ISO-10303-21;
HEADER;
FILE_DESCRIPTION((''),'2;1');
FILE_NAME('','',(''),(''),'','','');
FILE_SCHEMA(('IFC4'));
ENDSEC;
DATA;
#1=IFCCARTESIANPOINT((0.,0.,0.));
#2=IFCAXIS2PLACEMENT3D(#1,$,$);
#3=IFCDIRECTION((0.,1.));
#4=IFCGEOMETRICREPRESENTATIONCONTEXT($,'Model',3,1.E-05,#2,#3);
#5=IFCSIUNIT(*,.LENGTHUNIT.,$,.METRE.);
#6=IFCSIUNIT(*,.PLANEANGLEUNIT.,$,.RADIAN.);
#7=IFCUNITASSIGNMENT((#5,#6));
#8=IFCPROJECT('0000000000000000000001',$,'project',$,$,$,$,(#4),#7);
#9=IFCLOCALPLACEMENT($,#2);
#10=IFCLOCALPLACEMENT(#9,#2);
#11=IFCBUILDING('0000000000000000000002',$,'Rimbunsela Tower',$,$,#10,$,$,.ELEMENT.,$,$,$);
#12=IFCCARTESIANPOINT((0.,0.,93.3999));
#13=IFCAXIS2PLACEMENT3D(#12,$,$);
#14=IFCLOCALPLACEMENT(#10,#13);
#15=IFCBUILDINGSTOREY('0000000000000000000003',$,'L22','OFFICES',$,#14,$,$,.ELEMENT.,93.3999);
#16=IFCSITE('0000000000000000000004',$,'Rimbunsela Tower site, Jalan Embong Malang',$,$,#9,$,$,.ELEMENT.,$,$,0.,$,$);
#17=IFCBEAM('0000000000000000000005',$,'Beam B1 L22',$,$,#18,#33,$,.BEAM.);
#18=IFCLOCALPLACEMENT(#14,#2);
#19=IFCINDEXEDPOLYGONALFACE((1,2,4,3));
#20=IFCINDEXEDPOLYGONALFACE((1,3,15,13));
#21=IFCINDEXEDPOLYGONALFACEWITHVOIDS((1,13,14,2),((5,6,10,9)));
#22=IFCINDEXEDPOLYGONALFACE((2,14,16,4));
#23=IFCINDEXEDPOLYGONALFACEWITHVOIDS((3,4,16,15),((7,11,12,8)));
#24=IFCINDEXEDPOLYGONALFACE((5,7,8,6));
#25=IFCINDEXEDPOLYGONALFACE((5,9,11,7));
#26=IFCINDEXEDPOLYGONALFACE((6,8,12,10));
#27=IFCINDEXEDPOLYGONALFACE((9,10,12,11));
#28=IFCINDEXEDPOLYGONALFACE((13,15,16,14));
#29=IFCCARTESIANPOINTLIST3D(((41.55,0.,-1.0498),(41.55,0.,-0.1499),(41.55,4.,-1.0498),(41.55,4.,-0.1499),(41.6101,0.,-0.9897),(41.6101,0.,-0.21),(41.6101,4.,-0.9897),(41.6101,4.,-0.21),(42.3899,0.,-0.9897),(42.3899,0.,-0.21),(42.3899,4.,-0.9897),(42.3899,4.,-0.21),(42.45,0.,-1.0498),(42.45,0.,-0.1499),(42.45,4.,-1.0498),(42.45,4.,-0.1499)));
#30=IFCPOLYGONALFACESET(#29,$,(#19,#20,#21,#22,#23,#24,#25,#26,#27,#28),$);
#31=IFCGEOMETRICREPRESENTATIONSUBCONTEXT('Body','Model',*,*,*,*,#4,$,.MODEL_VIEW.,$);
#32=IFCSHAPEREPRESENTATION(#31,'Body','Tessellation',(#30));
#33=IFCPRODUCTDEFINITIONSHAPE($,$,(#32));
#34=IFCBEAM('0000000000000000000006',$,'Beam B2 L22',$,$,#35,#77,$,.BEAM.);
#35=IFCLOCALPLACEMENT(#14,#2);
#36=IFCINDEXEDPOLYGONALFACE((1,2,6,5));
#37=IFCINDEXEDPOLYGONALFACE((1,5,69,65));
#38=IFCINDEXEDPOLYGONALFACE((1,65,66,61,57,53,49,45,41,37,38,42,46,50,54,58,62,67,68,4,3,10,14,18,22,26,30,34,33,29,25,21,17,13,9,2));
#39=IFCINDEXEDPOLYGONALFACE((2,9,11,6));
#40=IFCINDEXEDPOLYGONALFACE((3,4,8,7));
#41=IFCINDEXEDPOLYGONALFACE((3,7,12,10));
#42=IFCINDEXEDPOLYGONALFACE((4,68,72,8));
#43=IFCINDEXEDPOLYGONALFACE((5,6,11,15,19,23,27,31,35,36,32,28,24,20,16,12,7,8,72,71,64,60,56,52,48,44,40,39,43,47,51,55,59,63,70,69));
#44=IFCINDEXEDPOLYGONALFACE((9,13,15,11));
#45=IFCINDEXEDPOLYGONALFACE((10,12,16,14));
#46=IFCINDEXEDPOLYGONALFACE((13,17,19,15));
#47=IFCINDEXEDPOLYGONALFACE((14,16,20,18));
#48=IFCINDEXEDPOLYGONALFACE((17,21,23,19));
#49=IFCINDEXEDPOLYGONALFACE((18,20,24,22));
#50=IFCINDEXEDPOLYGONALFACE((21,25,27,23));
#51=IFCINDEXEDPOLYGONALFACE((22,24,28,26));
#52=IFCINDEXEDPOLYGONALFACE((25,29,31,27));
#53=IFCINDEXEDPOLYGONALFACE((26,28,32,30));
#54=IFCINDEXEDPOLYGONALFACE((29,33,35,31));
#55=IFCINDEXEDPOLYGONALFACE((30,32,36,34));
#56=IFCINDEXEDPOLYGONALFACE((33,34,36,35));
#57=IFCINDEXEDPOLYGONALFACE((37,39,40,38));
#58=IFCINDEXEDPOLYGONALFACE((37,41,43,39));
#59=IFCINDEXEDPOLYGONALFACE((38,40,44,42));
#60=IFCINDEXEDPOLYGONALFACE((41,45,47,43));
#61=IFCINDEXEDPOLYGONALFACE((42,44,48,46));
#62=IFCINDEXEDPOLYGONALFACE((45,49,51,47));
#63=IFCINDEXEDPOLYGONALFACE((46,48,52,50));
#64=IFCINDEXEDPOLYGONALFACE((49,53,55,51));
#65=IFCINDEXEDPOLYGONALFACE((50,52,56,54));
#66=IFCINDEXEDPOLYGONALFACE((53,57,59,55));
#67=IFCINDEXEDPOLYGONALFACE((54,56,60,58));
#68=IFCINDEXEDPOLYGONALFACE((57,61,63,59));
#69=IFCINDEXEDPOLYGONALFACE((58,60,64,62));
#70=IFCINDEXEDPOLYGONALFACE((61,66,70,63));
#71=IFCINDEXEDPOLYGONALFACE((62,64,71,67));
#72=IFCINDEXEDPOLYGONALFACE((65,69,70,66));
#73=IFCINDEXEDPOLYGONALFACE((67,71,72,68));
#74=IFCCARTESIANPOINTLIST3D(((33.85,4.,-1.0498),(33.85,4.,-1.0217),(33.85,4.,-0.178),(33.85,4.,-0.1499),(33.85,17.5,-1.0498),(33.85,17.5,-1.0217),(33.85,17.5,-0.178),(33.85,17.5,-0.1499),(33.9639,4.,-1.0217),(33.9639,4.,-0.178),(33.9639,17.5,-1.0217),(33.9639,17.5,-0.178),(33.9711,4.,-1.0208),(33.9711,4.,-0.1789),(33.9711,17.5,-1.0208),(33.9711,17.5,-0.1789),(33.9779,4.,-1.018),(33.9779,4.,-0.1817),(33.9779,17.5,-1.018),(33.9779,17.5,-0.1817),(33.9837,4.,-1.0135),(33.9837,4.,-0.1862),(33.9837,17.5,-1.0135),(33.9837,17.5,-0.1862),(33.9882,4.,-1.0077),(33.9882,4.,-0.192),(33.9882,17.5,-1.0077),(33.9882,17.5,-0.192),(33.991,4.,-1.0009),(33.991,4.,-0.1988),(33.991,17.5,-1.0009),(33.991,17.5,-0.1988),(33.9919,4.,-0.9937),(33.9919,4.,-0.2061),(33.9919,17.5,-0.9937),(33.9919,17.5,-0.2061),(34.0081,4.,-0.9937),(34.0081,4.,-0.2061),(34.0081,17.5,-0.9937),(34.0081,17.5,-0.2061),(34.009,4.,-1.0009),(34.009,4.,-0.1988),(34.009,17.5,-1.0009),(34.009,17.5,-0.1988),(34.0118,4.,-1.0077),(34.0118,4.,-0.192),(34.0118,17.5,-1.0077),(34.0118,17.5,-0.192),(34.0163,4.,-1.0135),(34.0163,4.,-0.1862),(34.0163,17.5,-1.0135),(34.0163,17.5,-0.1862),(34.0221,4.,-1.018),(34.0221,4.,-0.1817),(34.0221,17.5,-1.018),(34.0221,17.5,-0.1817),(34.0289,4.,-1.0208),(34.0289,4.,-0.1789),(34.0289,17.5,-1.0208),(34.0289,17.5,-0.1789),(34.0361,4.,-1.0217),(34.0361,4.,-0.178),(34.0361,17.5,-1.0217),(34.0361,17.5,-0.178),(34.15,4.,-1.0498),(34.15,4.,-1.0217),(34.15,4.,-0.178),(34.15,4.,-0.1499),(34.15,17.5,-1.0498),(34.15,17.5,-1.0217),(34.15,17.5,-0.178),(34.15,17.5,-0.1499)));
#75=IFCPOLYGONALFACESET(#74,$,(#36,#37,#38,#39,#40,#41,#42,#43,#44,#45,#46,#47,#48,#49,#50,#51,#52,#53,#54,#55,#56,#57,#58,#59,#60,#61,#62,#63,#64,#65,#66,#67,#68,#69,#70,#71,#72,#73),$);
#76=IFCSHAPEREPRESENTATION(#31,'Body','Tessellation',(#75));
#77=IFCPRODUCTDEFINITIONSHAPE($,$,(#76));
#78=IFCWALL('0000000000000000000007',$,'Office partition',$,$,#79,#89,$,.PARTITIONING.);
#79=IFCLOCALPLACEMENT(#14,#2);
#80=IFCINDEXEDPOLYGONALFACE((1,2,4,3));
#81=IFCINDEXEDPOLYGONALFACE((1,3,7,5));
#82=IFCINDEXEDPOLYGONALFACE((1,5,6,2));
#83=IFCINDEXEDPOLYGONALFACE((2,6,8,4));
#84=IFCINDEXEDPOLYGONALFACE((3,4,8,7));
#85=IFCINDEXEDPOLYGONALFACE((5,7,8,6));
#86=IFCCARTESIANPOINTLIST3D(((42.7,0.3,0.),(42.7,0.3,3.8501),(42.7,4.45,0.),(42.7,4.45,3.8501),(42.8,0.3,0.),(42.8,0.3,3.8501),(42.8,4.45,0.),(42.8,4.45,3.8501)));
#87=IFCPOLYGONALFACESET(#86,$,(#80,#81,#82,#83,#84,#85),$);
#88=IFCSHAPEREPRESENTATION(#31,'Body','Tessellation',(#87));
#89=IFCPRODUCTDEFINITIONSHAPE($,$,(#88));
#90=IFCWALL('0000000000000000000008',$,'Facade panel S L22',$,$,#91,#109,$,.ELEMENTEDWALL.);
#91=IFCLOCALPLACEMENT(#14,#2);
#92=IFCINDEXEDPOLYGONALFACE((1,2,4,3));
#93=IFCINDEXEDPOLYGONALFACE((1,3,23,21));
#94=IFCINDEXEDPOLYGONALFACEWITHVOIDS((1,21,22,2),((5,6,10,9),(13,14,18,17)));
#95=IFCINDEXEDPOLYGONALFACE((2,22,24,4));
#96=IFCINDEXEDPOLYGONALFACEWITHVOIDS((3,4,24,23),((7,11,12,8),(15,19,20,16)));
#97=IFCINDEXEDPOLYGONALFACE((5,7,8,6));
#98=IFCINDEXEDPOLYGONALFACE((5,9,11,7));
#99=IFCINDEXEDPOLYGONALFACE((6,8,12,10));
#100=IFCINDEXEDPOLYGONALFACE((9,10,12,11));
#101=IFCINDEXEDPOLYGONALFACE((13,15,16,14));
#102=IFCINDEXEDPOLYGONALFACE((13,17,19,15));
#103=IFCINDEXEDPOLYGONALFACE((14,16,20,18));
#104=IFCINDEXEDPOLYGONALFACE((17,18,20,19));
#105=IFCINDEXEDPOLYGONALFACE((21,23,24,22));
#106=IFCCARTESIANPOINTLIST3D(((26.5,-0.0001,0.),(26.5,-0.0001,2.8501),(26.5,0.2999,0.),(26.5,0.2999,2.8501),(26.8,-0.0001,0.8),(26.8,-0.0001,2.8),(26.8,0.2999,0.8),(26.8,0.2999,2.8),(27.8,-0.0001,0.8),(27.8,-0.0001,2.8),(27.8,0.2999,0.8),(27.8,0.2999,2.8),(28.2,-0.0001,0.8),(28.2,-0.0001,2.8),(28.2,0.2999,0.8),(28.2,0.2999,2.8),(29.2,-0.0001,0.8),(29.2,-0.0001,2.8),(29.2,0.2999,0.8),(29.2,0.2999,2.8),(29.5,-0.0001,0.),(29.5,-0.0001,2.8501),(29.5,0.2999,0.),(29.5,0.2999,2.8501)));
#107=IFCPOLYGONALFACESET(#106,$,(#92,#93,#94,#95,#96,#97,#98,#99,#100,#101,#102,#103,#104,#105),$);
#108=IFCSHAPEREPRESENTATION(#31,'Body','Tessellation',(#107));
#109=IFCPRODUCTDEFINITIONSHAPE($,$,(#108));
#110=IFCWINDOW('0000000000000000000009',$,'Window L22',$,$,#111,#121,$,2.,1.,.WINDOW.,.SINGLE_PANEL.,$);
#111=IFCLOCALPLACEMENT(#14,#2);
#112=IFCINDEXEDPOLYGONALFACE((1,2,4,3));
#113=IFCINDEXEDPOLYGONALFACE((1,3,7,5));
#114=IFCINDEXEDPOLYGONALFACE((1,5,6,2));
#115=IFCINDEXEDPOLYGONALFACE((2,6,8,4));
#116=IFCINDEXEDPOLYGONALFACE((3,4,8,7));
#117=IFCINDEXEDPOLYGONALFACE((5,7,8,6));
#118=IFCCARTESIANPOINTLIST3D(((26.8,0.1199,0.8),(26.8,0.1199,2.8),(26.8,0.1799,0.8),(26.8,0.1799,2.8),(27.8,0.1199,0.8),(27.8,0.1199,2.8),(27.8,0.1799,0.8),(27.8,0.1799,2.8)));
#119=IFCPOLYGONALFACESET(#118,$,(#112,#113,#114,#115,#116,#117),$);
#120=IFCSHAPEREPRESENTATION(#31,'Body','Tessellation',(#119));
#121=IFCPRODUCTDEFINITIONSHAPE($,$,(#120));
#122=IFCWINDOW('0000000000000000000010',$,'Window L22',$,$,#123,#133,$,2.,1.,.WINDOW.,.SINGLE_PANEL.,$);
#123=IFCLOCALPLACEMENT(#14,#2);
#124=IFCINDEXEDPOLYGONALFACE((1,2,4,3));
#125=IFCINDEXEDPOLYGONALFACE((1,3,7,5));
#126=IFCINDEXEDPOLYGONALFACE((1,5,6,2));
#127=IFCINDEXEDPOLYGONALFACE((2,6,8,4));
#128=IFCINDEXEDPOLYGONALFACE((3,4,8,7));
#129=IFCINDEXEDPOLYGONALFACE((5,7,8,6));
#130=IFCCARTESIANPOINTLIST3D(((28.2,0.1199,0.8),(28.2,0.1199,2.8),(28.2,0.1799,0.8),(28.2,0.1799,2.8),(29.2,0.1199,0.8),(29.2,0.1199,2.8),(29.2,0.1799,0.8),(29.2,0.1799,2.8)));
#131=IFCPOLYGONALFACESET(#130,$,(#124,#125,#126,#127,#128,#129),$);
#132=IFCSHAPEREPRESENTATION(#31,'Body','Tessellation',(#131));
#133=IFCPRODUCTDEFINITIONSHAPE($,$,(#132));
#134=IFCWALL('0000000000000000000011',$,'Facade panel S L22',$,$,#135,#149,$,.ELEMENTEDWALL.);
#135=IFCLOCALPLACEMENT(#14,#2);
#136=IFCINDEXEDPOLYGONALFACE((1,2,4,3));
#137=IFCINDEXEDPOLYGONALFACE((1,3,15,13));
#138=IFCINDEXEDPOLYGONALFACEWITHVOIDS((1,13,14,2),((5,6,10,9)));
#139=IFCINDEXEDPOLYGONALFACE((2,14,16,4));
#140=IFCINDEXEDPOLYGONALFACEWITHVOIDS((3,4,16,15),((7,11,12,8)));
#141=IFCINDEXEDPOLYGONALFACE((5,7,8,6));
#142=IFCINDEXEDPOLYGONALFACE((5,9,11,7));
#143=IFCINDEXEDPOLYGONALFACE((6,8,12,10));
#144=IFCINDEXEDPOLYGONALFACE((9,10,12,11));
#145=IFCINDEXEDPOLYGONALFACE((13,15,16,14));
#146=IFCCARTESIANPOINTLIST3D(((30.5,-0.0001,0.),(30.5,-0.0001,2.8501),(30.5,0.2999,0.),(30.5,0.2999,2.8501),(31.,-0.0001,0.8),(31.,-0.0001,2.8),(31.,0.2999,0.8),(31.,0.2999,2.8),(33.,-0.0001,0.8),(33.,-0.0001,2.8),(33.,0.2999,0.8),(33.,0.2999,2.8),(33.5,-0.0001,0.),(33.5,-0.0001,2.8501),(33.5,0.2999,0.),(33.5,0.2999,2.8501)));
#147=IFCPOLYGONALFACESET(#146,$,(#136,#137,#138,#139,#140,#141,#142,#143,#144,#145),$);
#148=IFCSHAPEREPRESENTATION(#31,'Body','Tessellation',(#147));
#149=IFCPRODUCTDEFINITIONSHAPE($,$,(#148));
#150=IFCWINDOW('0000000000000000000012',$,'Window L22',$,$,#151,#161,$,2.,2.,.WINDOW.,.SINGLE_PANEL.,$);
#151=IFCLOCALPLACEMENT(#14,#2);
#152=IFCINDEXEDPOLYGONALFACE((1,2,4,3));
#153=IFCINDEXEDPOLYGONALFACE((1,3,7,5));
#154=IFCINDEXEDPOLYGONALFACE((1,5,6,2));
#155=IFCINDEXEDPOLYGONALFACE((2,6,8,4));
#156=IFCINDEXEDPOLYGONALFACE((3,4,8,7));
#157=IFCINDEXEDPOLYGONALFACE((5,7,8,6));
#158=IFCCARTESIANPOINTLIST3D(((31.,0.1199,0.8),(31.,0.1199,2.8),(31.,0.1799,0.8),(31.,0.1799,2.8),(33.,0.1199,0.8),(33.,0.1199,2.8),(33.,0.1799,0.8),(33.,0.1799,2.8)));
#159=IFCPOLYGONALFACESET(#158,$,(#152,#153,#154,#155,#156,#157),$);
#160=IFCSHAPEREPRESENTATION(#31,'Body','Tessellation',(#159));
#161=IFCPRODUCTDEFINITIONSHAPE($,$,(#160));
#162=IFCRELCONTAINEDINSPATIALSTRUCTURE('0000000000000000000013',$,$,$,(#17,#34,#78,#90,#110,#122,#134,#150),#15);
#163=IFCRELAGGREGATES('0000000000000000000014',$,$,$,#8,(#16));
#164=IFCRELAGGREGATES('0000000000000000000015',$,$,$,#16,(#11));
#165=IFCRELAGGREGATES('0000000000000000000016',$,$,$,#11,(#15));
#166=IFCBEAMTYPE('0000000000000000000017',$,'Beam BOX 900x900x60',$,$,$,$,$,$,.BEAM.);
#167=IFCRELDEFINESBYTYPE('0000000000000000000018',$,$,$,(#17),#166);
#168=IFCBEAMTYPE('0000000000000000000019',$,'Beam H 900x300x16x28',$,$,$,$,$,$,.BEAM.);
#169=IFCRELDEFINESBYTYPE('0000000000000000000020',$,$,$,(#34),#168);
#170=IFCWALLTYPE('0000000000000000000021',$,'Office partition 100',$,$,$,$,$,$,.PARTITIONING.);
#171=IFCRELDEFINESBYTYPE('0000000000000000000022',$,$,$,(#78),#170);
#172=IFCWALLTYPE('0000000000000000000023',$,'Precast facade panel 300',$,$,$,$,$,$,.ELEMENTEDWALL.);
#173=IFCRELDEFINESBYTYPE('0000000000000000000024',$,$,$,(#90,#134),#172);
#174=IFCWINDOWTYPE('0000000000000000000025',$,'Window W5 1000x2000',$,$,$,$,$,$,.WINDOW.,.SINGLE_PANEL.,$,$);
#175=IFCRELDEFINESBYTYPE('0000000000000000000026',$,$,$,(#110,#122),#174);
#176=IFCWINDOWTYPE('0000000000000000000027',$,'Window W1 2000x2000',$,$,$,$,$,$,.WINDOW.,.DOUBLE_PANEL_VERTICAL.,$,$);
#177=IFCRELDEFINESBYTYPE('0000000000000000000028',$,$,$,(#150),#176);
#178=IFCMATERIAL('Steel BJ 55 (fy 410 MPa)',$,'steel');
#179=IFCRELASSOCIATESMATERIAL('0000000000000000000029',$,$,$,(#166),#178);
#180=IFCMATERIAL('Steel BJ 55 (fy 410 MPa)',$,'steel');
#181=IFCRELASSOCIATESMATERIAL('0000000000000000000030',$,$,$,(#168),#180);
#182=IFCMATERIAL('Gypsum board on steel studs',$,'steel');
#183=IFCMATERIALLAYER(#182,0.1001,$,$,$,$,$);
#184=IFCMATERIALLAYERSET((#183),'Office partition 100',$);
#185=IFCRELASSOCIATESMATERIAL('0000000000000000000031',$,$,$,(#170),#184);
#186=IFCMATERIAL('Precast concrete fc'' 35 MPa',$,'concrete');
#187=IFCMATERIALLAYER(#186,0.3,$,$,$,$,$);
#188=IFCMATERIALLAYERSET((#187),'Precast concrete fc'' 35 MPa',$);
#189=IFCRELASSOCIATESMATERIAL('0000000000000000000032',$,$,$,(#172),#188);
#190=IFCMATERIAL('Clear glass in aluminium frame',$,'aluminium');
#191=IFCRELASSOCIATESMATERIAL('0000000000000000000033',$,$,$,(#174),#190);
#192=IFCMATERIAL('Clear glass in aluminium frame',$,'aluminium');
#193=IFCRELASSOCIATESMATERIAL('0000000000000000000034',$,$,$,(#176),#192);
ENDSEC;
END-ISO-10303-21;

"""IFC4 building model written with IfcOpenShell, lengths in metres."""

from ifc_helpers import new_model, si_unit, direction, frame, frame_2d, origin, origin_2d, place, context, subcontext, project, spatial, rectangle, hollow_rectangle, i_section, extrude, material, layer, layer_set, material_profile, profile_set, type_object, element, fill, save


model = new_model("IFC4")

# Units and contexts
model_context = context("Model", 3, precision=1e-05, world=origin(), true_north=direction((0.0, 1.0)))
body_context = subcontext(model_context, "Body", "Model", "MODEL_VIEW")
ifc_project = project(units=[si_unit("LENGTHUNIT", "METRE"), si_unit("PLANEANGLEUNIT", "RADIAN")], contexts=[model_context])

# Site, building, storey
site_placement = place(None, origin())
site = spatial("IfcSite", under=ifc_project, at=site_placement, Name="Rimbunsela Tower site, Jalan Embong Malang", CompositionType="ELEMENT", RefElevation=0.0)
building_placement = place(site_placement, origin())
building = spatial("IfcBuilding", under=site, at=building_placement, Name="Rimbunsela Tower", CompositionType="ELEMENT")
storey_placement = place(building_placement, frame((0.0, 0.0, 93.3999)))
storey = spatial("IfcBuildingStorey", under=building, at=storey_placement, Name="L22", Description="OFFICES", CompositionType="ELEMENT", Elevation=93.3999)

# Beams
ifc_material_1 = material(Name="Steel BJ 55 (fy 410 MPa)", Category="steel")
ifc_material_profile_1 = material_profile(ifc_material_1, hollow_rectangle(XDim=0.8999, YDim=0.8999, WallThickness=0.0601, at=origin_2d()), Name="BOX 900x900x60")
ifc_profile_set_1 = profile_set([ifc_material_profile_1], Name="Steel BJ 55 (fy 410 MPa)")
beam_type_1 = type_object("IfcBeamType", Name="Beam BOX 900x900x60", PredefinedType="BEAM", material=ifc_profile_set_1)
beam_1_placement = place(storey_placement, frame((42.0, 0.0, -0.5999), z_axis=(0.0, 1.0, 0.0), x_axis=(-1.0, 0.0, 0.0)))
element("IfcBeam", 1, at=beam_1_placement, inside=storey, type_object=beam_type_1, Name="Beam B1 L22", PredefinedType="BEAM", context=body_context, shape_type="SweptSolid", body=[
    extrude(hollow_rectangle(XDim=0.8999, YDim=0.8999, WallThickness=0.0601, at=origin_2d()), origin(), (0.0, 0.0, 1.0), 4.0),
])
ifc_material_2 = material(Name="Steel BJ 55 (fy 410 MPa)", Category="steel")
ifc_material_profile_2 = material_profile(ifc_material_2, i_section(OverallWidth=0.3, OverallDepth=0.8999, WebThickness=0.0161, FlangeThickness=0.0281, FilletRadius=0.0281, at=origin_2d()), Name="H 900x300x16x28")
ifc_profile_set_2 = profile_set([ifc_material_profile_2], Name="Steel BJ 55 (fy 410 MPa)")
beam_type_2 = type_object("IfcBeamType", Name="Beam H 900x300x16x28", PredefinedType="BEAM", material=ifc_profile_set_2)
beam_2_placement = place(storey_placement, frame((34.0, 4.0, -0.5999), z_axis=(0.0, 1.0, 0.0), x_axis=(-1.0, 0.0, 0.0)))
element("IfcBeam", 2, at=beam_2_placement, inside=storey, type_object=beam_type_2, Name="Beam B2 L22", PredefinedType="BEAM", context=body_context, shape_type="SweptSolid", body=[
    extrude(i_section(OverallWidth=0.3, OverallDepth=0.8999, WebThickness=0.0161, FlangeThickness=0.0281, FilletRadius=0.0281, at=origin_2d()), origin(), (0.0, 0.0, 1.0), 13.5),
])

# Wall
ifc_material_3 = material(Name="Gypsum board on steel studs", Category="steel")
ifc_layer_1 = layer(ifc_material_3, 0.1001)
ifc_layer_set_1 = layer_set([ifc_layer_1], Name="Office partition 100")
wall_type_1 = type_object("IfcWallType", Name="Office partition 100", PredefinedType="PARTITIONING", material=ifc_layer_set_1)
wall_1_placement = place(storey_placement, frame((42.75, 0.3, 0.0), z_axis=(0.0, 0.0, 1.0), x_axis=(0.0, 1.0, 0.0)))
element("IfcWall", 3, at=wall_1_placement, inside=storey, type_object=wall_type_1, Name="Office partition", PredefinedType="PARTITIONING", context=body_context, shape_type="SweptSolid", body=[
    extrude(rectangle(XDim=4.1499, YDim=0.1001, at=frame_2d((2.075, 0.0))), origin(), (0.0, 0.0, 1.0), 3.8501),
])

# Wall, openings, windows
ifc_material_4 = material(Name="Precast concrete fc' 35 MPa", Category="concrete")
ifc_layer_2 = layer(ifc_material_4, 0.3)
ifc_layer_set_2 = layer_set([ifc_layer_2], Name="Precast concrete fc' 35 MPa")
wall_type_2 = type_object("IfcWallType", Name="Precast facade panel 300", PredefinedType="ELEMENTEDWALL", material=ifc_layer_set_2)
wall_2_placement = place(storey_placement, frame((26.5, 0.1499, 0.0), z_axis=(0.0, 0.0, 1.0), x_axis=(1.0, 0.0, 0.0)))
wall_2 = element("IfcWall", 4, at=wall_2_placement, inside=storey, type_object=wall_type_2, Name="Facade panel S L22", PredefinedType="ELEMENTEDWALL", context=body_context, shape_type="SweptSolid", body=[
    extrude(rectangle(XDim=3.0, YDim=0.3, at=frame_2d((1.5, 0.0))), origin(), (0.0, 0.0, 1.0), 2.8501),
])
opening_1_placement = place(wall_2_placement, frame((0.3, 0.0, 0.8)))
opening_1 = element("IfcOpeningElement", 5, at=opening_1_placement, cuts=wall_2, PredefinedType="OPENING", context=body_context, shape_type="SweptSolid", body=[
    extrude(rectangle(XDim=1.0, YDim=2.0, at=frame_2d((0.5, 1.0))), frame((0.0, 0.1599, 0.0), z_axis=(0.0, -1.0, 0.0), x_axis=(1.0, 0.0, 0.0)), (0.0, 0.0, 1.0), 0.3201),
])
opening_2_placement = place(wall_2_placement, frame((1.7, 0.0, 0.8)))
opening_2 = element("IfcOpeningElement", 6, at=opening_2_placement, cuts=wall_2, PredefinedType="OPENING", context=body_context, shape_type="SweptSolid", body=[
    extrude(rectangle(XDim=1.0, YDim=2.0, at=frame_2d((0.5, 1.0))), frame((0.0, 0.1599, 0.0), z_axis=(0.0, -1.0, 0.0), x_axis=(1.0, 0.0, 0.0)), (0.0, 0.0, 1.0), 0.3201),
])
ifc_material_5 = material(Name="Clear glass in aluminium frame", Category="aluminium")
window_type_1 = type_object("IfcWindowType", Name="Window W5 1000x2000", PartitioningType="SINGLE_PANEL", PredefinedType="WINDOW", material=ifc_material_5)
window_1_placement = place(opening_1_placement, origin())
window_1 = element("IfcWindow", 7, at=window_1_placement, inside=storey, type_object=window_type_1, Name="Window L22", OverallHeight=2.0, OverallWidth=1.0, PartitioningType="SINGLE_PANEL", PredefinedType="WINDOW", context=body_context, shape_type="SweptSolid", body=[
    extrude(rectangle(XDim=1.0, YDim=2.0, at=frame_2d((0.5, 1.0))), frame((0.0, 0.03, 0.0), z_axis=(0.0, -1.0, 0.0), x_axis=(1.0, 0.0, 0.0)), (0.0, 0.0, 1.0), 0.0601),
])
fill(opening_1, window_1)
window_2_placement = place(opening_2_placement, origin())
window_2 = element("IfcWindow", 8, at=window_2_placement, inside=storey, type_object=window_type_1, Name="Window L22", OverallHeight=2.0, OverallWidth=1.0, PartitioningType="SINGLE_PANEL", PredefinedType="WINDOW", context=body_context, shape_type="SweptSolid", body=[
    extrude(rectangle(XDim=1.0, YDim=2.0, at=frame_2d((0.5, 1.0))), frame((0.0, 0.03, 0.0), z_axis=(0.0, -1.0, 0.0), x_axis=(1.0, 0.0, 0.0)), (0.0, 0.0, 1.0), 0.0601),
])
fill(opening_2, window_2)

# Wall, opening, window
wall_3_placement = place(storey_placement, frame((30.5, 0.1499, 0.0), z_axis=(0.0, 0.0, 1.0), x_axis=(1.0, 0.0, 0.0)))
wall_3 = element("IfcWall", 9, at=wall_3_placement, inside=storey, type_object=wall_type_2, Name="Facade panel S L22", PredefinedType="ELEMENTEDWALL", context=body_context, shape_type="SweptSolid", body=[
    extrude(rectangle(XDim=3.0, YDim=0.3, at=frame_2d((1.5, 0.0))), origin(), (0.0, 0.0, 1.0), 2.8501),
])
opening_3_placement = place(wall_3_placement, frame((0.5, 0.0, 0.8)))
opening_3 = element("IfcOpeningElement", 10, at=opening_3_placement, cuts=wall_3, PredefinedType="OPENING", context=body_context, shape_type="SweptSolid", body=[
    extrude(rectangle(XDim=2.0, YDim=2.0, at=frame_2d((1.0, 1.0))), frame((0.0, 0.1599, 0.0), z_axis=(0.0, -1.0, 0.0), x_axis=(1.0, 0.0, 0.0)), (0.0, 0.0, 1.0), 0.3201),
])
ifc_material_6 = material(Name="Clear glass in aluminium frame", Category="aluminium")
window_type_2 = type_object("IfcWindowType", Name="Window W1 2000x2000", PartitioningType="DOUBLE_PANEL_VERTICAL", PredefinedType="WINDOW", material=ifc_material_6)
window_3_placement = place(opening_3_placement, origin())
window_3 = element("IfcWindow", 11, at=window_3_placement, inside=storey, type_object=window_type_2, Name="Window L22", OverallHeight=2.0, OverallWidth=2.0, PartitioningType="SINGLE_PANEL", PredefinedType="WINDOW", context=body_context, shape_type="SweptSolid", body=[
    extrude(rectangle(XDim=2.0, YDim=2.0, at=frame_2d((1.0, 1.0))), frame((0.0, 0.03, 0.0), z_axis=(0.0, -1.0, 0.0), x_axis=(1.0, 0.0, 0.0)), (0.0, 0.0, 1.0), 0.0601),
])
fill(opening_3, window_3)

save(model, "model.ifc")
